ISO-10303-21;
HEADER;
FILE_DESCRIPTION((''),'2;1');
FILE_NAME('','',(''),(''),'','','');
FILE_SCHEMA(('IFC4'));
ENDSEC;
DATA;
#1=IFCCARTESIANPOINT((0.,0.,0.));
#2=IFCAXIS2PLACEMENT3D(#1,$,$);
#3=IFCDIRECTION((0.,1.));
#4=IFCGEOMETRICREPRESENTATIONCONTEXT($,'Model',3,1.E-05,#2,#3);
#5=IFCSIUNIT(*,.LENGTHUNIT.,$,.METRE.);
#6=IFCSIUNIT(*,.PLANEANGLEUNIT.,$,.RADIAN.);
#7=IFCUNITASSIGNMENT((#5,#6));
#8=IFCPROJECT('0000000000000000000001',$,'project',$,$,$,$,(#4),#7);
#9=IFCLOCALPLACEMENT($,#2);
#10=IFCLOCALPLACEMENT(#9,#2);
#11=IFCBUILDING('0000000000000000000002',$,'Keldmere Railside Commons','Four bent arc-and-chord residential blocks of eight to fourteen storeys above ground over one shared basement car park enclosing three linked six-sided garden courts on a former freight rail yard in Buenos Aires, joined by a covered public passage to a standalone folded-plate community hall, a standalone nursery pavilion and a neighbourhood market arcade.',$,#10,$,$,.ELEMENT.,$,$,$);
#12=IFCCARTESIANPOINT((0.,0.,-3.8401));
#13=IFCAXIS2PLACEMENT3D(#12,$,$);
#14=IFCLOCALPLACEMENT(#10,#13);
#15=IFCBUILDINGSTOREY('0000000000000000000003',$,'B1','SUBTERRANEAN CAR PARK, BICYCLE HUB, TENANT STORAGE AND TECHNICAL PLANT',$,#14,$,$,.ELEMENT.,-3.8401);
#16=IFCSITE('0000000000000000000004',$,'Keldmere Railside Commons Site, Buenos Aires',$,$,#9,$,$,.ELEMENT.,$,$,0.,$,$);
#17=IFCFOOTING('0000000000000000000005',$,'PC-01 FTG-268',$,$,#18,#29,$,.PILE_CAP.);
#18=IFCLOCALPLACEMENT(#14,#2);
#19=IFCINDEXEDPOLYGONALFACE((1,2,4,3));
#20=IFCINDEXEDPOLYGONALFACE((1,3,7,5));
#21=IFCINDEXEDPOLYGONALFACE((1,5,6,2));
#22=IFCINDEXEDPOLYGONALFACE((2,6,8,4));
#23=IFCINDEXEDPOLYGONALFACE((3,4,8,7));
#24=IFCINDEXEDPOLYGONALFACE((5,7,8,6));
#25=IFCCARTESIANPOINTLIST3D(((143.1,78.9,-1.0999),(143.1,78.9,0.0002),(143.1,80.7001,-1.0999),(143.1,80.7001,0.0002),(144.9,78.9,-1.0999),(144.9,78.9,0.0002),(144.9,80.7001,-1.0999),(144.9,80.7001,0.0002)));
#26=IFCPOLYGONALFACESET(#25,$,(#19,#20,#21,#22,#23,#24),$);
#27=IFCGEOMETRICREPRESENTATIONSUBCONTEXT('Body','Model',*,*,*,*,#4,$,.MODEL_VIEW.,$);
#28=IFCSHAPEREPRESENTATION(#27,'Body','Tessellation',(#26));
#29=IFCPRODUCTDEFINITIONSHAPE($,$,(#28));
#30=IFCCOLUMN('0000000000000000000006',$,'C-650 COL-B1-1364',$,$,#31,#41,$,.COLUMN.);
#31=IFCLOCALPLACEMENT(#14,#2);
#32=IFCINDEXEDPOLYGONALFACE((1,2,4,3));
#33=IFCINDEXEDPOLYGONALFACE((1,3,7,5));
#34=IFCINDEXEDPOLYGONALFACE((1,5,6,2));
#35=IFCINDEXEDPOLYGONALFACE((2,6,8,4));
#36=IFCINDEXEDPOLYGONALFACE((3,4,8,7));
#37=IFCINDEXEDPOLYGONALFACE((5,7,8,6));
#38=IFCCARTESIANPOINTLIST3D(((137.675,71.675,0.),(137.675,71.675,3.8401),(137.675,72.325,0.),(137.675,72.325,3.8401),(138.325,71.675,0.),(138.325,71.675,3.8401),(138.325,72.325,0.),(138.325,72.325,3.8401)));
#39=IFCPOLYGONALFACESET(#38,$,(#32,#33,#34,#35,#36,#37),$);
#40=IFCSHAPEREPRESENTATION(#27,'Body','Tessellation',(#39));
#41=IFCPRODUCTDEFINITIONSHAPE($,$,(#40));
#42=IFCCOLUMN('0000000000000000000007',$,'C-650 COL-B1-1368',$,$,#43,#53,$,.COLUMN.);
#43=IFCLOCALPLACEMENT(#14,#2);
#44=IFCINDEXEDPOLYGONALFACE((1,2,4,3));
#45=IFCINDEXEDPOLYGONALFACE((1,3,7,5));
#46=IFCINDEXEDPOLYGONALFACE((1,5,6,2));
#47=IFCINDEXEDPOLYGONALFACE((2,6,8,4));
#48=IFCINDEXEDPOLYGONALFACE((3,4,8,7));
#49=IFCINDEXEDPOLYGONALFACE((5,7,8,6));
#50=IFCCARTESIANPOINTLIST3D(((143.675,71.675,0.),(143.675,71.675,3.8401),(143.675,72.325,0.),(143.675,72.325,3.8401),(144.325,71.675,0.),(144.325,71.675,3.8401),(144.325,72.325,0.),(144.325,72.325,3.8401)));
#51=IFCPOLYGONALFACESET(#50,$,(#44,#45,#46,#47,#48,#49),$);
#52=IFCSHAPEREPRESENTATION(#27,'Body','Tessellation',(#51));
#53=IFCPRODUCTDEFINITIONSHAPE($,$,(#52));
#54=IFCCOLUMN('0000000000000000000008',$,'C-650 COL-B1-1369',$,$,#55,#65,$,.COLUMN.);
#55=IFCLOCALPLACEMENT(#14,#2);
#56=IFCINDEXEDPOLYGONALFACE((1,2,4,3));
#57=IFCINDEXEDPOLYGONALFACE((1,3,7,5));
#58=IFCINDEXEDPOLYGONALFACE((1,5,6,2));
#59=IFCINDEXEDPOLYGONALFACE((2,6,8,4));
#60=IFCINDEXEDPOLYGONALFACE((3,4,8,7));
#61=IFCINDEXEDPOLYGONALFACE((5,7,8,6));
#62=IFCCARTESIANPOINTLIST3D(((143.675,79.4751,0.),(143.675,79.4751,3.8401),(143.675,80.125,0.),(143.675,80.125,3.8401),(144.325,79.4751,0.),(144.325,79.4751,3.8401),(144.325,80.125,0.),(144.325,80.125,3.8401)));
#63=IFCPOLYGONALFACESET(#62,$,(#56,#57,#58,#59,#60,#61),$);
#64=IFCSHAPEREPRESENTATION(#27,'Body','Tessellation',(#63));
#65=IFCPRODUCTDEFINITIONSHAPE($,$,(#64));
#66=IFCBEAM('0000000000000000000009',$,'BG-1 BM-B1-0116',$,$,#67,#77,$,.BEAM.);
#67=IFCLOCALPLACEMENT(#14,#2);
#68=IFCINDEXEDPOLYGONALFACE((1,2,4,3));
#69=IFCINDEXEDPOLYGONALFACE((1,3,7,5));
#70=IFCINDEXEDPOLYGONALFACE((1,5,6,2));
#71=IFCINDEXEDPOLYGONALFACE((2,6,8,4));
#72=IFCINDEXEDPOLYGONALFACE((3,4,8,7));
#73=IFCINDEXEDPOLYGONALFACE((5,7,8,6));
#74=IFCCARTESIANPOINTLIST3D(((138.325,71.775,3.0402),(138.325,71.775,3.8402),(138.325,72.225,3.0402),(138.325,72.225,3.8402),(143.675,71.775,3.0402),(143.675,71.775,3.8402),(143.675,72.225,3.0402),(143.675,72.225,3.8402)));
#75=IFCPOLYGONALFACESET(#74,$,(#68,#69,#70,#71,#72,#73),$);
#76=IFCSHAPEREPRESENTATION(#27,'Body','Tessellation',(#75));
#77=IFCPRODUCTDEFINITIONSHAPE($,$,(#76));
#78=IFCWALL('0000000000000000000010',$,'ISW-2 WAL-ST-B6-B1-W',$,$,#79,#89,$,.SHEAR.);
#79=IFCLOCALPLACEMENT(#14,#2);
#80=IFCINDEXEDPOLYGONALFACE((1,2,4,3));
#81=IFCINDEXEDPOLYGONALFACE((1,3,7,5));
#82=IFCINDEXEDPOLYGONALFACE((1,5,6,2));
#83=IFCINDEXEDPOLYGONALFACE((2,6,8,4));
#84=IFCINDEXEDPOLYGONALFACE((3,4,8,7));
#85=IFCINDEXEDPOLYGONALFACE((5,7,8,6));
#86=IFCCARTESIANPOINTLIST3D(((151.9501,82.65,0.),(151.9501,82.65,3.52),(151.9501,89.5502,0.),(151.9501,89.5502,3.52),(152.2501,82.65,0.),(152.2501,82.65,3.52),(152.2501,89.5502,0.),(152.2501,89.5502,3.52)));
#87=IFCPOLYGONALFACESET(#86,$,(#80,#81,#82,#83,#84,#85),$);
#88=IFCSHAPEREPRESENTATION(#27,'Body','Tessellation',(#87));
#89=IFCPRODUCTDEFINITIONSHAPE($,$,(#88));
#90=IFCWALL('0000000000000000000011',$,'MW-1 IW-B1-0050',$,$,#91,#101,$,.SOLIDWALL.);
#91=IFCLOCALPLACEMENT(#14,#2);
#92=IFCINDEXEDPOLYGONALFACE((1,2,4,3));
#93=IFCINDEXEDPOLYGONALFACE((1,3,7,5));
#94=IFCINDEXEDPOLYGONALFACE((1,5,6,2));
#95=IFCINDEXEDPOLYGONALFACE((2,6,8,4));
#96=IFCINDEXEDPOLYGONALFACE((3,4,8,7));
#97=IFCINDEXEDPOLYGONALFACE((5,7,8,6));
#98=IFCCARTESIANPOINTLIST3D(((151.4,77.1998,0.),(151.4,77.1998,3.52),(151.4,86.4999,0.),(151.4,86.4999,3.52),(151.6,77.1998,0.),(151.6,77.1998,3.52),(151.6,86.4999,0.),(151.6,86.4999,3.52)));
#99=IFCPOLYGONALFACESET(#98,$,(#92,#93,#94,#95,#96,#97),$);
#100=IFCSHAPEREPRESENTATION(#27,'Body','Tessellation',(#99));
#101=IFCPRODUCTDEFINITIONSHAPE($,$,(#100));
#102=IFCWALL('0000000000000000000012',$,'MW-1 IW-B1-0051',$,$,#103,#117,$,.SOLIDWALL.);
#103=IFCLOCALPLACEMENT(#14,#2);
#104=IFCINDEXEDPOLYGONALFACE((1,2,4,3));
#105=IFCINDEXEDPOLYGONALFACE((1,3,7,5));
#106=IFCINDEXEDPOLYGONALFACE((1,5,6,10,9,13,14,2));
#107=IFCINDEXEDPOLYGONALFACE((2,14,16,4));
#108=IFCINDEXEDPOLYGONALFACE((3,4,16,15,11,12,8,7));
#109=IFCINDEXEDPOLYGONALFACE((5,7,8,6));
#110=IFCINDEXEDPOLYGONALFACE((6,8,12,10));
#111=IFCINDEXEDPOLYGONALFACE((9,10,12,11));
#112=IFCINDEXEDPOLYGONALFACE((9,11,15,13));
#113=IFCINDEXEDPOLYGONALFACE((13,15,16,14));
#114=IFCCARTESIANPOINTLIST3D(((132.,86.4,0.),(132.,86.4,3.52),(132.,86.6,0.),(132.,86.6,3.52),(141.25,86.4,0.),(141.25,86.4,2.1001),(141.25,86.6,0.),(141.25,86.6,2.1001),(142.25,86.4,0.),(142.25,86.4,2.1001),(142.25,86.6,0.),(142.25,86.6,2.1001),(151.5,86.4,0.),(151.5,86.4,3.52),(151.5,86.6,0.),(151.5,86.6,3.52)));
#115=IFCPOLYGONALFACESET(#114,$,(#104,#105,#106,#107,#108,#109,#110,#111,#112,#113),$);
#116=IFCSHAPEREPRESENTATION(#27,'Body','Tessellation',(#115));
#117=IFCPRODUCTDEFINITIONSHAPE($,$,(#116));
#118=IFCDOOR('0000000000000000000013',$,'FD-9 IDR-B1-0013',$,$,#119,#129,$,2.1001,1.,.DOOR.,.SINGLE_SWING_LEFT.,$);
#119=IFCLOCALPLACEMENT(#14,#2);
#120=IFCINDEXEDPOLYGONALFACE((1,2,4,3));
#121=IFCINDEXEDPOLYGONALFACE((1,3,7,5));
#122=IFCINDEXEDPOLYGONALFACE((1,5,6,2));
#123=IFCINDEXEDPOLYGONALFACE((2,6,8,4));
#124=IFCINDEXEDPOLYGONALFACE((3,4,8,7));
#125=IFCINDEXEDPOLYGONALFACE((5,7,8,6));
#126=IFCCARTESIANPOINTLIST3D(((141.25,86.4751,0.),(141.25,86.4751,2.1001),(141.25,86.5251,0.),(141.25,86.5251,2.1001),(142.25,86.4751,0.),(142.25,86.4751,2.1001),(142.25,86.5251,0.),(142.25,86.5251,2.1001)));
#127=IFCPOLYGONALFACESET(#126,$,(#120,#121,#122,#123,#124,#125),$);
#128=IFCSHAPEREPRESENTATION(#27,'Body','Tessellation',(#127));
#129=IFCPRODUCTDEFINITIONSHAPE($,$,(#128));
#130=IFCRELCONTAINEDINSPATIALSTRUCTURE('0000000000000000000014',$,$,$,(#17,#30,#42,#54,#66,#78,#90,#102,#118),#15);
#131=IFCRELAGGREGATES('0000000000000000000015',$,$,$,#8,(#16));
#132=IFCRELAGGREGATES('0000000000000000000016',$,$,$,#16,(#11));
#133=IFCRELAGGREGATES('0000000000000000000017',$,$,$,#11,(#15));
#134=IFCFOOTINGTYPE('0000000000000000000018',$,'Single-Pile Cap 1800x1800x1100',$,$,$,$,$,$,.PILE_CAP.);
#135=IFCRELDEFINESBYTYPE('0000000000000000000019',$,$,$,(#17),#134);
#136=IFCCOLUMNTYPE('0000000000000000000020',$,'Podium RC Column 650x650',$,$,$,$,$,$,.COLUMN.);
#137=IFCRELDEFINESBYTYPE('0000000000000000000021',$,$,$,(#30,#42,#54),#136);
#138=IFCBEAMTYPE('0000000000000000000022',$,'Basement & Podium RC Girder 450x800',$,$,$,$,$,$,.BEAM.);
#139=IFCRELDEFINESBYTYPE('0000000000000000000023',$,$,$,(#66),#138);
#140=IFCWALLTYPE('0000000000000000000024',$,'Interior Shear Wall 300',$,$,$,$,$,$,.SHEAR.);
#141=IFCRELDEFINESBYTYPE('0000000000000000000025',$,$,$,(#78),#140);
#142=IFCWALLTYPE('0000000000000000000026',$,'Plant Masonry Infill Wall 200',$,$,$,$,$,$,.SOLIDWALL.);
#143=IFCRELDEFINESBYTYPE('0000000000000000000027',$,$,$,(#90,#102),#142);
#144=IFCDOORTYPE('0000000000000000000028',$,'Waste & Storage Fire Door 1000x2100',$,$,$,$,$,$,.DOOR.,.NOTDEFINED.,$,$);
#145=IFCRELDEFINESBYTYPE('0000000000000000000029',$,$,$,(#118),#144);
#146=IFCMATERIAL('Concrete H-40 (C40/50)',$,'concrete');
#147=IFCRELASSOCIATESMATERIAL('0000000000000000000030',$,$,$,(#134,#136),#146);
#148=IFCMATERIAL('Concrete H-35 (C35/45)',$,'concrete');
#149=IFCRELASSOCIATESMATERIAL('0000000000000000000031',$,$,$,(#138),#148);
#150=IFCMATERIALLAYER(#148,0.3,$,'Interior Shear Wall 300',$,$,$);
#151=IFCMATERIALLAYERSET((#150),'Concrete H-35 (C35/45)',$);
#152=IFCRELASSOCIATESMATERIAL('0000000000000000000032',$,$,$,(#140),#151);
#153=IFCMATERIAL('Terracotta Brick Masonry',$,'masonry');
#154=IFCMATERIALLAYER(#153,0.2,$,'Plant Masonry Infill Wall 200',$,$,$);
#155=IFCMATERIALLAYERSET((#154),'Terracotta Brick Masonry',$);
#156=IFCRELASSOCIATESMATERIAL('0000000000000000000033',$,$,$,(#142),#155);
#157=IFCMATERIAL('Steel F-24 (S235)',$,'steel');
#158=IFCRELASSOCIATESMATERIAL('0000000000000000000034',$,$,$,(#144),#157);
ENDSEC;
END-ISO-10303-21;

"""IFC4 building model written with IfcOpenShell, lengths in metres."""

from ifc_helpers import new_model, si_unit, direction, frame, frame_2d, origin, origin_2d, place, context, subcontext, project, spatial, rectangle, extrude, material, layer, layer_set, material_profile, profile_set, type_object, element, fill, save


model = new_model("IFC4")

# Units and contexts
model_context = context("Model", 3, precision=1e-05, world=origin(), true_north=direction((0.0, 1.0)))
body_context = subcontext(model_context, "Body", "Model", "MODEL_VIEW")
ifc_project = project(units=[si_unit("LENGTHUNIT", "METRE"), si_unit("PLANEANGLEUNIT", "RADIAN")], contexts=[model_context])

# Site, building, storey
site_placement = place(None, origin())
site = spatial("IfcSite", under=ifc_project, at=site_placement, Name="Keldmere Railside Commons Site, Buenos Aires", CompositionType="ELEMENT", RefElevation=0.0)
building_placement = place(site_placement, origin())
building = spatial("IfcBuilding", under=site, at=building_placement, Name="Keldmere Railside Commons", Description="Four bent arc-and-chord residential blocks of eight to fourteen storeys above ground over one shared basement car park enclosing three linked six-sided garden courts on a former freight rail yard in Buenos Aires, joined by a covered public passage to a standalone folded-plate community hall, a standalone nursery pavilion and a neighbourhood market arcade.", CompositionType="ELEMENT")
storey_placement = place(building_placement, frame((0.0, 0.0, -3.8401)))
storey = spatial("IfcBuildingStorey", under=building, at=storey_placement, Name="B1", Description="SUBTERRANEAN CAR PARK, BICYCLE HUB, TENANT STORAGE AND TECHNICAL PLANT", CompositionType="ELEMENT", Elevation=-3.8401)

# Footing
ifc_material_1 = material(Name="Concrete H-40 (C40/50)", Category="concrete")
footing_type_1 = type_object("IfcFootingType", Name="Single-Pile Cap 1800x1800x1100", PredefinedType="PILE_CAP", material=ifc_material_1)
for number, where, z_axis, x_axis, name in (
    (1, (144.0, 79.8, -1.0999), (0.0, 0.0, 1.0), (1.0, 0.0, 0.0), "PC-01 FTG-268"),
):
    element("IfcFooting", number, at=place(storey_placement, frame(where, z_axis=z_axis, x_axis=x_axis)), inside=storey, type_object=footing_type_1, Name=name, PredefinedType="PILE_CAP", context=body_context, shape_type="SweptSolid", body=[
        extrude(rectangle(XDim=1.8, YDim=1.8, at=origin_2d()), origin(), (0.0, 0.0, 1.0), 1.1001),
    ])

# Columns
ifc_material_profile_1 = material_profile(ifc_material_1, rectangle(XDim=0.6499, YDim=0.6499, at=origin_2d()), Name="RC-650x650")
ifc_profile_set_1 = profile_set([ifc_material_profile_1], Name="Concrete H-40 (C40/50)")
column_type = type_object("IfcColumnType", Name="Podium RC Column 650x650", PredefinedType="COLUMN", material=ifc_profile_set_1)
for number, where, z_axis, x_axis, name in (
    (2, (138.0, 72.0, 0.0), (0.0, 0.0, 1.0), (1.0, 0.0, 0.0), "C-650 COL-B1-1364"),
    (3, (144.0, 72.0, 0.0), (0.0, 0.0, 1.0), (1.0, 0.0, 0.0), "C-650 COL-B1-1368"),
    (4, (144.0, 79.8, 0.0), (0.0, 0.0, 1.0), (1.0, 0.0, 0.0), "C-650 COL-B1-1369"),
):
    element("IfcColumn", number, at=place(storey_placement, frame(where, z_axis=z_axis, x_axis=x_axis)), inside=storey, type_object=column_type, Name=name, PredefinedType="COLUMN", context=body_context, shape_type="SweptSolid", body=[
        extrude(rectangle(XDim=0.6499, YDim=0.6499, at=origin_2d()), origin(), (0.0, 0.0, 1.0), 3.8401),
    ])

# Beam
ifc_material_2 = material(Name="Concrete H-35 (C35/45)", Category="concrete")
ifc_material_profile_2 = material_profile(ifc_material_2, rectangle(XDim=0.45, YDim=0.8, at=origin_2d()), Name="RC-450x800")
ifc_profile_set_2 = profile_set([ifc_material_profile_2], Name="Concrete H-35 (C35/45)")
beam_type = type_object("IfcBeamType", Name="Basement & Podium RC Girder 450x800", PredefinedType="BEAM", material=ifc_profile_set_2)
beam_placement = place(storey_placement, frame((138.325, 72.0, 3.4402), z_axis=(1.0, 0.0, 0.0), x_axis=(0.0, 1.0, 0.0)))
element("IfcBeam", 5, at=beam_placement, inside=storey, type_object=beam_type, Name="BG-1 BM-B1-0116", PredefinedType="BEAM", context=body_context, shape_type="SweptSolid", body=[
    extrude(rectangle(XDim=0.45, YDim=0.8, at=origin_2d()), origin(), (0.0, 0.0, 1.0), 5.3501),
])

# Walls
ifc_layer_1 = layer(ifc_material_2, 0.3, Name="Interior Shear Wall 300")
ifc_layer_set_1 = layer_set([ifc_layer_1], Name="Concrete H-35 (C35/45)")
wall_type_1 = type_object("IfcWallType", Name="Interior Shear Wall 300", PredefinedType="SHEAR", material=ifc_layer_set_1)
wall_1_placement = place(storey_placement, frame((152.1001, 82.6499, 0.0), z_axis=(0.0, 0.0, 1.0), x_axis=(0.0, 1.0, 0.0)))
element("IfcWall", 6, at=wall_1_placement, inside=storey, type_object=wall_type_1, Name="ISW-2 WAL-ST-B6-B1-W", PredefinedType="SHEAR", context=body_context, shape_type="SweptSolid", body=[
    extrude(rectangle(XDim=6.9001, YDim=0.3, at=frame_2d((3.4502, 0.0))), origin(), (0.0, 0.0, 1.0), 3.52),
])
ifc_material_3 = material(Name="Terracotta Brick Masonry", Category="masonry")
ifc_layer_2 = layer(ifc_material_3, 0.2, Name="Plant Masonry Infill Wall 200")
ifc_layer_set_2 = layer_set([ifc_layer_2], Name="Terracotta Brick Masonry")
wall_type_2 = type_object("IfcWallType", Name="Plant Masonry Infill Wall 200", PredefinedType="SOLIDWALL", material=ifc_layer_set_2)
wall_2_placement = place(storey_placement, frame((151.5, 77.2, 0.0), z_axis=(0.0, 0.0, 1.0), x_axis=(0.0, 1.0, 0.0)))
element("IfcWall", 7, at=wall_2_placement, inside=storey, type_object=wall_type_2, Name="MW-1 IW-B1-0050", PredefinedType="SOLIDWALL", context=body_context, shape_type="SweptSolid", body=[
    extrude(rectangle(XDim=9.3, YDim=0.2, at=frame_2d((4.6499, 0.0))), origin(), (0.0, 0.0, 1.0), 3.52),
])

# Wall, opening, door
wall_3_placement = place(storey_placement, frame((151.5, 86.5, 0.0), z_axis=(0.0, 0.0, 1.0), x_axis=(-1.0, 0.0, 0.0)))
wall_3 = element("IfcWall", 8, at=wall_3_placement, inside=storey, type_object=wall_type_2, Name="MW-1 IW-B1-0051", PredefinedType="SOLIDWALL", context=body_context, shape_type="SweptSolid", body=[
    extrude(rectangle(XDim=19.5, YDim=0.2, at=frame_2d((9.75, 0.0))), origin(), (0.0, 0.0, 1.0), 3.52),
])
opening_placement = place(wall_3_placement, frame((9.25, 0.0, 0.0)))
opening = element("IfcOpeningElement", 9, at=opening_placement, cuts=wall_3, PredefinedType="OPENING", context=body_context, shape_type="SweptSolid", body=[
    extrude(rectangle(XDim=1.0, YDim=2.1001, at=frame_2d((0.5, 1.05))), frame((0.0, 0.1099, 0.0), z_axis=(0.0, -1.0, 0.0), x_axis=(1.0, 0.0, 0.0)), (0.0, 0.0, 1.0), 0.22),
])
ifc_material_4 = material(Name="Steel F-24 (S235)", Category="steel")
door_type = type_object("IfcDoorType", Name="Waste & Storage Fire Door 1000x2100", OperationType="NOTDEFINED", PredefinedType="DOOR", material=ifc_material_4)
door_placement = place(opening_placement, origin())
door = element("IfcDoor", 10, at=door_placement, inside=storey, type_object=door_type, Name="FD-9 IDR-B1-0013", OperationType="SINGLE_SWING_LEFT", OverallHeight=2.1001, OverallWidth=1.0, PredefinedType="DOOR", context=body_context, shape_type="SweptSolid", body=[
    extrude(rectangle(XDim=1.0, YDim=2.1001, at=frame_2d((0.5, 1.05))), frame((0.0, 0.0249, 0.0), z_axis=(0.0, -1.0, 0.0), x_axis=(1.0, 0.0, 0.0)), (0.0, 0.0, 1.0), 0.05),
])
fill(opening, door)

save(model, "model.ifc")
